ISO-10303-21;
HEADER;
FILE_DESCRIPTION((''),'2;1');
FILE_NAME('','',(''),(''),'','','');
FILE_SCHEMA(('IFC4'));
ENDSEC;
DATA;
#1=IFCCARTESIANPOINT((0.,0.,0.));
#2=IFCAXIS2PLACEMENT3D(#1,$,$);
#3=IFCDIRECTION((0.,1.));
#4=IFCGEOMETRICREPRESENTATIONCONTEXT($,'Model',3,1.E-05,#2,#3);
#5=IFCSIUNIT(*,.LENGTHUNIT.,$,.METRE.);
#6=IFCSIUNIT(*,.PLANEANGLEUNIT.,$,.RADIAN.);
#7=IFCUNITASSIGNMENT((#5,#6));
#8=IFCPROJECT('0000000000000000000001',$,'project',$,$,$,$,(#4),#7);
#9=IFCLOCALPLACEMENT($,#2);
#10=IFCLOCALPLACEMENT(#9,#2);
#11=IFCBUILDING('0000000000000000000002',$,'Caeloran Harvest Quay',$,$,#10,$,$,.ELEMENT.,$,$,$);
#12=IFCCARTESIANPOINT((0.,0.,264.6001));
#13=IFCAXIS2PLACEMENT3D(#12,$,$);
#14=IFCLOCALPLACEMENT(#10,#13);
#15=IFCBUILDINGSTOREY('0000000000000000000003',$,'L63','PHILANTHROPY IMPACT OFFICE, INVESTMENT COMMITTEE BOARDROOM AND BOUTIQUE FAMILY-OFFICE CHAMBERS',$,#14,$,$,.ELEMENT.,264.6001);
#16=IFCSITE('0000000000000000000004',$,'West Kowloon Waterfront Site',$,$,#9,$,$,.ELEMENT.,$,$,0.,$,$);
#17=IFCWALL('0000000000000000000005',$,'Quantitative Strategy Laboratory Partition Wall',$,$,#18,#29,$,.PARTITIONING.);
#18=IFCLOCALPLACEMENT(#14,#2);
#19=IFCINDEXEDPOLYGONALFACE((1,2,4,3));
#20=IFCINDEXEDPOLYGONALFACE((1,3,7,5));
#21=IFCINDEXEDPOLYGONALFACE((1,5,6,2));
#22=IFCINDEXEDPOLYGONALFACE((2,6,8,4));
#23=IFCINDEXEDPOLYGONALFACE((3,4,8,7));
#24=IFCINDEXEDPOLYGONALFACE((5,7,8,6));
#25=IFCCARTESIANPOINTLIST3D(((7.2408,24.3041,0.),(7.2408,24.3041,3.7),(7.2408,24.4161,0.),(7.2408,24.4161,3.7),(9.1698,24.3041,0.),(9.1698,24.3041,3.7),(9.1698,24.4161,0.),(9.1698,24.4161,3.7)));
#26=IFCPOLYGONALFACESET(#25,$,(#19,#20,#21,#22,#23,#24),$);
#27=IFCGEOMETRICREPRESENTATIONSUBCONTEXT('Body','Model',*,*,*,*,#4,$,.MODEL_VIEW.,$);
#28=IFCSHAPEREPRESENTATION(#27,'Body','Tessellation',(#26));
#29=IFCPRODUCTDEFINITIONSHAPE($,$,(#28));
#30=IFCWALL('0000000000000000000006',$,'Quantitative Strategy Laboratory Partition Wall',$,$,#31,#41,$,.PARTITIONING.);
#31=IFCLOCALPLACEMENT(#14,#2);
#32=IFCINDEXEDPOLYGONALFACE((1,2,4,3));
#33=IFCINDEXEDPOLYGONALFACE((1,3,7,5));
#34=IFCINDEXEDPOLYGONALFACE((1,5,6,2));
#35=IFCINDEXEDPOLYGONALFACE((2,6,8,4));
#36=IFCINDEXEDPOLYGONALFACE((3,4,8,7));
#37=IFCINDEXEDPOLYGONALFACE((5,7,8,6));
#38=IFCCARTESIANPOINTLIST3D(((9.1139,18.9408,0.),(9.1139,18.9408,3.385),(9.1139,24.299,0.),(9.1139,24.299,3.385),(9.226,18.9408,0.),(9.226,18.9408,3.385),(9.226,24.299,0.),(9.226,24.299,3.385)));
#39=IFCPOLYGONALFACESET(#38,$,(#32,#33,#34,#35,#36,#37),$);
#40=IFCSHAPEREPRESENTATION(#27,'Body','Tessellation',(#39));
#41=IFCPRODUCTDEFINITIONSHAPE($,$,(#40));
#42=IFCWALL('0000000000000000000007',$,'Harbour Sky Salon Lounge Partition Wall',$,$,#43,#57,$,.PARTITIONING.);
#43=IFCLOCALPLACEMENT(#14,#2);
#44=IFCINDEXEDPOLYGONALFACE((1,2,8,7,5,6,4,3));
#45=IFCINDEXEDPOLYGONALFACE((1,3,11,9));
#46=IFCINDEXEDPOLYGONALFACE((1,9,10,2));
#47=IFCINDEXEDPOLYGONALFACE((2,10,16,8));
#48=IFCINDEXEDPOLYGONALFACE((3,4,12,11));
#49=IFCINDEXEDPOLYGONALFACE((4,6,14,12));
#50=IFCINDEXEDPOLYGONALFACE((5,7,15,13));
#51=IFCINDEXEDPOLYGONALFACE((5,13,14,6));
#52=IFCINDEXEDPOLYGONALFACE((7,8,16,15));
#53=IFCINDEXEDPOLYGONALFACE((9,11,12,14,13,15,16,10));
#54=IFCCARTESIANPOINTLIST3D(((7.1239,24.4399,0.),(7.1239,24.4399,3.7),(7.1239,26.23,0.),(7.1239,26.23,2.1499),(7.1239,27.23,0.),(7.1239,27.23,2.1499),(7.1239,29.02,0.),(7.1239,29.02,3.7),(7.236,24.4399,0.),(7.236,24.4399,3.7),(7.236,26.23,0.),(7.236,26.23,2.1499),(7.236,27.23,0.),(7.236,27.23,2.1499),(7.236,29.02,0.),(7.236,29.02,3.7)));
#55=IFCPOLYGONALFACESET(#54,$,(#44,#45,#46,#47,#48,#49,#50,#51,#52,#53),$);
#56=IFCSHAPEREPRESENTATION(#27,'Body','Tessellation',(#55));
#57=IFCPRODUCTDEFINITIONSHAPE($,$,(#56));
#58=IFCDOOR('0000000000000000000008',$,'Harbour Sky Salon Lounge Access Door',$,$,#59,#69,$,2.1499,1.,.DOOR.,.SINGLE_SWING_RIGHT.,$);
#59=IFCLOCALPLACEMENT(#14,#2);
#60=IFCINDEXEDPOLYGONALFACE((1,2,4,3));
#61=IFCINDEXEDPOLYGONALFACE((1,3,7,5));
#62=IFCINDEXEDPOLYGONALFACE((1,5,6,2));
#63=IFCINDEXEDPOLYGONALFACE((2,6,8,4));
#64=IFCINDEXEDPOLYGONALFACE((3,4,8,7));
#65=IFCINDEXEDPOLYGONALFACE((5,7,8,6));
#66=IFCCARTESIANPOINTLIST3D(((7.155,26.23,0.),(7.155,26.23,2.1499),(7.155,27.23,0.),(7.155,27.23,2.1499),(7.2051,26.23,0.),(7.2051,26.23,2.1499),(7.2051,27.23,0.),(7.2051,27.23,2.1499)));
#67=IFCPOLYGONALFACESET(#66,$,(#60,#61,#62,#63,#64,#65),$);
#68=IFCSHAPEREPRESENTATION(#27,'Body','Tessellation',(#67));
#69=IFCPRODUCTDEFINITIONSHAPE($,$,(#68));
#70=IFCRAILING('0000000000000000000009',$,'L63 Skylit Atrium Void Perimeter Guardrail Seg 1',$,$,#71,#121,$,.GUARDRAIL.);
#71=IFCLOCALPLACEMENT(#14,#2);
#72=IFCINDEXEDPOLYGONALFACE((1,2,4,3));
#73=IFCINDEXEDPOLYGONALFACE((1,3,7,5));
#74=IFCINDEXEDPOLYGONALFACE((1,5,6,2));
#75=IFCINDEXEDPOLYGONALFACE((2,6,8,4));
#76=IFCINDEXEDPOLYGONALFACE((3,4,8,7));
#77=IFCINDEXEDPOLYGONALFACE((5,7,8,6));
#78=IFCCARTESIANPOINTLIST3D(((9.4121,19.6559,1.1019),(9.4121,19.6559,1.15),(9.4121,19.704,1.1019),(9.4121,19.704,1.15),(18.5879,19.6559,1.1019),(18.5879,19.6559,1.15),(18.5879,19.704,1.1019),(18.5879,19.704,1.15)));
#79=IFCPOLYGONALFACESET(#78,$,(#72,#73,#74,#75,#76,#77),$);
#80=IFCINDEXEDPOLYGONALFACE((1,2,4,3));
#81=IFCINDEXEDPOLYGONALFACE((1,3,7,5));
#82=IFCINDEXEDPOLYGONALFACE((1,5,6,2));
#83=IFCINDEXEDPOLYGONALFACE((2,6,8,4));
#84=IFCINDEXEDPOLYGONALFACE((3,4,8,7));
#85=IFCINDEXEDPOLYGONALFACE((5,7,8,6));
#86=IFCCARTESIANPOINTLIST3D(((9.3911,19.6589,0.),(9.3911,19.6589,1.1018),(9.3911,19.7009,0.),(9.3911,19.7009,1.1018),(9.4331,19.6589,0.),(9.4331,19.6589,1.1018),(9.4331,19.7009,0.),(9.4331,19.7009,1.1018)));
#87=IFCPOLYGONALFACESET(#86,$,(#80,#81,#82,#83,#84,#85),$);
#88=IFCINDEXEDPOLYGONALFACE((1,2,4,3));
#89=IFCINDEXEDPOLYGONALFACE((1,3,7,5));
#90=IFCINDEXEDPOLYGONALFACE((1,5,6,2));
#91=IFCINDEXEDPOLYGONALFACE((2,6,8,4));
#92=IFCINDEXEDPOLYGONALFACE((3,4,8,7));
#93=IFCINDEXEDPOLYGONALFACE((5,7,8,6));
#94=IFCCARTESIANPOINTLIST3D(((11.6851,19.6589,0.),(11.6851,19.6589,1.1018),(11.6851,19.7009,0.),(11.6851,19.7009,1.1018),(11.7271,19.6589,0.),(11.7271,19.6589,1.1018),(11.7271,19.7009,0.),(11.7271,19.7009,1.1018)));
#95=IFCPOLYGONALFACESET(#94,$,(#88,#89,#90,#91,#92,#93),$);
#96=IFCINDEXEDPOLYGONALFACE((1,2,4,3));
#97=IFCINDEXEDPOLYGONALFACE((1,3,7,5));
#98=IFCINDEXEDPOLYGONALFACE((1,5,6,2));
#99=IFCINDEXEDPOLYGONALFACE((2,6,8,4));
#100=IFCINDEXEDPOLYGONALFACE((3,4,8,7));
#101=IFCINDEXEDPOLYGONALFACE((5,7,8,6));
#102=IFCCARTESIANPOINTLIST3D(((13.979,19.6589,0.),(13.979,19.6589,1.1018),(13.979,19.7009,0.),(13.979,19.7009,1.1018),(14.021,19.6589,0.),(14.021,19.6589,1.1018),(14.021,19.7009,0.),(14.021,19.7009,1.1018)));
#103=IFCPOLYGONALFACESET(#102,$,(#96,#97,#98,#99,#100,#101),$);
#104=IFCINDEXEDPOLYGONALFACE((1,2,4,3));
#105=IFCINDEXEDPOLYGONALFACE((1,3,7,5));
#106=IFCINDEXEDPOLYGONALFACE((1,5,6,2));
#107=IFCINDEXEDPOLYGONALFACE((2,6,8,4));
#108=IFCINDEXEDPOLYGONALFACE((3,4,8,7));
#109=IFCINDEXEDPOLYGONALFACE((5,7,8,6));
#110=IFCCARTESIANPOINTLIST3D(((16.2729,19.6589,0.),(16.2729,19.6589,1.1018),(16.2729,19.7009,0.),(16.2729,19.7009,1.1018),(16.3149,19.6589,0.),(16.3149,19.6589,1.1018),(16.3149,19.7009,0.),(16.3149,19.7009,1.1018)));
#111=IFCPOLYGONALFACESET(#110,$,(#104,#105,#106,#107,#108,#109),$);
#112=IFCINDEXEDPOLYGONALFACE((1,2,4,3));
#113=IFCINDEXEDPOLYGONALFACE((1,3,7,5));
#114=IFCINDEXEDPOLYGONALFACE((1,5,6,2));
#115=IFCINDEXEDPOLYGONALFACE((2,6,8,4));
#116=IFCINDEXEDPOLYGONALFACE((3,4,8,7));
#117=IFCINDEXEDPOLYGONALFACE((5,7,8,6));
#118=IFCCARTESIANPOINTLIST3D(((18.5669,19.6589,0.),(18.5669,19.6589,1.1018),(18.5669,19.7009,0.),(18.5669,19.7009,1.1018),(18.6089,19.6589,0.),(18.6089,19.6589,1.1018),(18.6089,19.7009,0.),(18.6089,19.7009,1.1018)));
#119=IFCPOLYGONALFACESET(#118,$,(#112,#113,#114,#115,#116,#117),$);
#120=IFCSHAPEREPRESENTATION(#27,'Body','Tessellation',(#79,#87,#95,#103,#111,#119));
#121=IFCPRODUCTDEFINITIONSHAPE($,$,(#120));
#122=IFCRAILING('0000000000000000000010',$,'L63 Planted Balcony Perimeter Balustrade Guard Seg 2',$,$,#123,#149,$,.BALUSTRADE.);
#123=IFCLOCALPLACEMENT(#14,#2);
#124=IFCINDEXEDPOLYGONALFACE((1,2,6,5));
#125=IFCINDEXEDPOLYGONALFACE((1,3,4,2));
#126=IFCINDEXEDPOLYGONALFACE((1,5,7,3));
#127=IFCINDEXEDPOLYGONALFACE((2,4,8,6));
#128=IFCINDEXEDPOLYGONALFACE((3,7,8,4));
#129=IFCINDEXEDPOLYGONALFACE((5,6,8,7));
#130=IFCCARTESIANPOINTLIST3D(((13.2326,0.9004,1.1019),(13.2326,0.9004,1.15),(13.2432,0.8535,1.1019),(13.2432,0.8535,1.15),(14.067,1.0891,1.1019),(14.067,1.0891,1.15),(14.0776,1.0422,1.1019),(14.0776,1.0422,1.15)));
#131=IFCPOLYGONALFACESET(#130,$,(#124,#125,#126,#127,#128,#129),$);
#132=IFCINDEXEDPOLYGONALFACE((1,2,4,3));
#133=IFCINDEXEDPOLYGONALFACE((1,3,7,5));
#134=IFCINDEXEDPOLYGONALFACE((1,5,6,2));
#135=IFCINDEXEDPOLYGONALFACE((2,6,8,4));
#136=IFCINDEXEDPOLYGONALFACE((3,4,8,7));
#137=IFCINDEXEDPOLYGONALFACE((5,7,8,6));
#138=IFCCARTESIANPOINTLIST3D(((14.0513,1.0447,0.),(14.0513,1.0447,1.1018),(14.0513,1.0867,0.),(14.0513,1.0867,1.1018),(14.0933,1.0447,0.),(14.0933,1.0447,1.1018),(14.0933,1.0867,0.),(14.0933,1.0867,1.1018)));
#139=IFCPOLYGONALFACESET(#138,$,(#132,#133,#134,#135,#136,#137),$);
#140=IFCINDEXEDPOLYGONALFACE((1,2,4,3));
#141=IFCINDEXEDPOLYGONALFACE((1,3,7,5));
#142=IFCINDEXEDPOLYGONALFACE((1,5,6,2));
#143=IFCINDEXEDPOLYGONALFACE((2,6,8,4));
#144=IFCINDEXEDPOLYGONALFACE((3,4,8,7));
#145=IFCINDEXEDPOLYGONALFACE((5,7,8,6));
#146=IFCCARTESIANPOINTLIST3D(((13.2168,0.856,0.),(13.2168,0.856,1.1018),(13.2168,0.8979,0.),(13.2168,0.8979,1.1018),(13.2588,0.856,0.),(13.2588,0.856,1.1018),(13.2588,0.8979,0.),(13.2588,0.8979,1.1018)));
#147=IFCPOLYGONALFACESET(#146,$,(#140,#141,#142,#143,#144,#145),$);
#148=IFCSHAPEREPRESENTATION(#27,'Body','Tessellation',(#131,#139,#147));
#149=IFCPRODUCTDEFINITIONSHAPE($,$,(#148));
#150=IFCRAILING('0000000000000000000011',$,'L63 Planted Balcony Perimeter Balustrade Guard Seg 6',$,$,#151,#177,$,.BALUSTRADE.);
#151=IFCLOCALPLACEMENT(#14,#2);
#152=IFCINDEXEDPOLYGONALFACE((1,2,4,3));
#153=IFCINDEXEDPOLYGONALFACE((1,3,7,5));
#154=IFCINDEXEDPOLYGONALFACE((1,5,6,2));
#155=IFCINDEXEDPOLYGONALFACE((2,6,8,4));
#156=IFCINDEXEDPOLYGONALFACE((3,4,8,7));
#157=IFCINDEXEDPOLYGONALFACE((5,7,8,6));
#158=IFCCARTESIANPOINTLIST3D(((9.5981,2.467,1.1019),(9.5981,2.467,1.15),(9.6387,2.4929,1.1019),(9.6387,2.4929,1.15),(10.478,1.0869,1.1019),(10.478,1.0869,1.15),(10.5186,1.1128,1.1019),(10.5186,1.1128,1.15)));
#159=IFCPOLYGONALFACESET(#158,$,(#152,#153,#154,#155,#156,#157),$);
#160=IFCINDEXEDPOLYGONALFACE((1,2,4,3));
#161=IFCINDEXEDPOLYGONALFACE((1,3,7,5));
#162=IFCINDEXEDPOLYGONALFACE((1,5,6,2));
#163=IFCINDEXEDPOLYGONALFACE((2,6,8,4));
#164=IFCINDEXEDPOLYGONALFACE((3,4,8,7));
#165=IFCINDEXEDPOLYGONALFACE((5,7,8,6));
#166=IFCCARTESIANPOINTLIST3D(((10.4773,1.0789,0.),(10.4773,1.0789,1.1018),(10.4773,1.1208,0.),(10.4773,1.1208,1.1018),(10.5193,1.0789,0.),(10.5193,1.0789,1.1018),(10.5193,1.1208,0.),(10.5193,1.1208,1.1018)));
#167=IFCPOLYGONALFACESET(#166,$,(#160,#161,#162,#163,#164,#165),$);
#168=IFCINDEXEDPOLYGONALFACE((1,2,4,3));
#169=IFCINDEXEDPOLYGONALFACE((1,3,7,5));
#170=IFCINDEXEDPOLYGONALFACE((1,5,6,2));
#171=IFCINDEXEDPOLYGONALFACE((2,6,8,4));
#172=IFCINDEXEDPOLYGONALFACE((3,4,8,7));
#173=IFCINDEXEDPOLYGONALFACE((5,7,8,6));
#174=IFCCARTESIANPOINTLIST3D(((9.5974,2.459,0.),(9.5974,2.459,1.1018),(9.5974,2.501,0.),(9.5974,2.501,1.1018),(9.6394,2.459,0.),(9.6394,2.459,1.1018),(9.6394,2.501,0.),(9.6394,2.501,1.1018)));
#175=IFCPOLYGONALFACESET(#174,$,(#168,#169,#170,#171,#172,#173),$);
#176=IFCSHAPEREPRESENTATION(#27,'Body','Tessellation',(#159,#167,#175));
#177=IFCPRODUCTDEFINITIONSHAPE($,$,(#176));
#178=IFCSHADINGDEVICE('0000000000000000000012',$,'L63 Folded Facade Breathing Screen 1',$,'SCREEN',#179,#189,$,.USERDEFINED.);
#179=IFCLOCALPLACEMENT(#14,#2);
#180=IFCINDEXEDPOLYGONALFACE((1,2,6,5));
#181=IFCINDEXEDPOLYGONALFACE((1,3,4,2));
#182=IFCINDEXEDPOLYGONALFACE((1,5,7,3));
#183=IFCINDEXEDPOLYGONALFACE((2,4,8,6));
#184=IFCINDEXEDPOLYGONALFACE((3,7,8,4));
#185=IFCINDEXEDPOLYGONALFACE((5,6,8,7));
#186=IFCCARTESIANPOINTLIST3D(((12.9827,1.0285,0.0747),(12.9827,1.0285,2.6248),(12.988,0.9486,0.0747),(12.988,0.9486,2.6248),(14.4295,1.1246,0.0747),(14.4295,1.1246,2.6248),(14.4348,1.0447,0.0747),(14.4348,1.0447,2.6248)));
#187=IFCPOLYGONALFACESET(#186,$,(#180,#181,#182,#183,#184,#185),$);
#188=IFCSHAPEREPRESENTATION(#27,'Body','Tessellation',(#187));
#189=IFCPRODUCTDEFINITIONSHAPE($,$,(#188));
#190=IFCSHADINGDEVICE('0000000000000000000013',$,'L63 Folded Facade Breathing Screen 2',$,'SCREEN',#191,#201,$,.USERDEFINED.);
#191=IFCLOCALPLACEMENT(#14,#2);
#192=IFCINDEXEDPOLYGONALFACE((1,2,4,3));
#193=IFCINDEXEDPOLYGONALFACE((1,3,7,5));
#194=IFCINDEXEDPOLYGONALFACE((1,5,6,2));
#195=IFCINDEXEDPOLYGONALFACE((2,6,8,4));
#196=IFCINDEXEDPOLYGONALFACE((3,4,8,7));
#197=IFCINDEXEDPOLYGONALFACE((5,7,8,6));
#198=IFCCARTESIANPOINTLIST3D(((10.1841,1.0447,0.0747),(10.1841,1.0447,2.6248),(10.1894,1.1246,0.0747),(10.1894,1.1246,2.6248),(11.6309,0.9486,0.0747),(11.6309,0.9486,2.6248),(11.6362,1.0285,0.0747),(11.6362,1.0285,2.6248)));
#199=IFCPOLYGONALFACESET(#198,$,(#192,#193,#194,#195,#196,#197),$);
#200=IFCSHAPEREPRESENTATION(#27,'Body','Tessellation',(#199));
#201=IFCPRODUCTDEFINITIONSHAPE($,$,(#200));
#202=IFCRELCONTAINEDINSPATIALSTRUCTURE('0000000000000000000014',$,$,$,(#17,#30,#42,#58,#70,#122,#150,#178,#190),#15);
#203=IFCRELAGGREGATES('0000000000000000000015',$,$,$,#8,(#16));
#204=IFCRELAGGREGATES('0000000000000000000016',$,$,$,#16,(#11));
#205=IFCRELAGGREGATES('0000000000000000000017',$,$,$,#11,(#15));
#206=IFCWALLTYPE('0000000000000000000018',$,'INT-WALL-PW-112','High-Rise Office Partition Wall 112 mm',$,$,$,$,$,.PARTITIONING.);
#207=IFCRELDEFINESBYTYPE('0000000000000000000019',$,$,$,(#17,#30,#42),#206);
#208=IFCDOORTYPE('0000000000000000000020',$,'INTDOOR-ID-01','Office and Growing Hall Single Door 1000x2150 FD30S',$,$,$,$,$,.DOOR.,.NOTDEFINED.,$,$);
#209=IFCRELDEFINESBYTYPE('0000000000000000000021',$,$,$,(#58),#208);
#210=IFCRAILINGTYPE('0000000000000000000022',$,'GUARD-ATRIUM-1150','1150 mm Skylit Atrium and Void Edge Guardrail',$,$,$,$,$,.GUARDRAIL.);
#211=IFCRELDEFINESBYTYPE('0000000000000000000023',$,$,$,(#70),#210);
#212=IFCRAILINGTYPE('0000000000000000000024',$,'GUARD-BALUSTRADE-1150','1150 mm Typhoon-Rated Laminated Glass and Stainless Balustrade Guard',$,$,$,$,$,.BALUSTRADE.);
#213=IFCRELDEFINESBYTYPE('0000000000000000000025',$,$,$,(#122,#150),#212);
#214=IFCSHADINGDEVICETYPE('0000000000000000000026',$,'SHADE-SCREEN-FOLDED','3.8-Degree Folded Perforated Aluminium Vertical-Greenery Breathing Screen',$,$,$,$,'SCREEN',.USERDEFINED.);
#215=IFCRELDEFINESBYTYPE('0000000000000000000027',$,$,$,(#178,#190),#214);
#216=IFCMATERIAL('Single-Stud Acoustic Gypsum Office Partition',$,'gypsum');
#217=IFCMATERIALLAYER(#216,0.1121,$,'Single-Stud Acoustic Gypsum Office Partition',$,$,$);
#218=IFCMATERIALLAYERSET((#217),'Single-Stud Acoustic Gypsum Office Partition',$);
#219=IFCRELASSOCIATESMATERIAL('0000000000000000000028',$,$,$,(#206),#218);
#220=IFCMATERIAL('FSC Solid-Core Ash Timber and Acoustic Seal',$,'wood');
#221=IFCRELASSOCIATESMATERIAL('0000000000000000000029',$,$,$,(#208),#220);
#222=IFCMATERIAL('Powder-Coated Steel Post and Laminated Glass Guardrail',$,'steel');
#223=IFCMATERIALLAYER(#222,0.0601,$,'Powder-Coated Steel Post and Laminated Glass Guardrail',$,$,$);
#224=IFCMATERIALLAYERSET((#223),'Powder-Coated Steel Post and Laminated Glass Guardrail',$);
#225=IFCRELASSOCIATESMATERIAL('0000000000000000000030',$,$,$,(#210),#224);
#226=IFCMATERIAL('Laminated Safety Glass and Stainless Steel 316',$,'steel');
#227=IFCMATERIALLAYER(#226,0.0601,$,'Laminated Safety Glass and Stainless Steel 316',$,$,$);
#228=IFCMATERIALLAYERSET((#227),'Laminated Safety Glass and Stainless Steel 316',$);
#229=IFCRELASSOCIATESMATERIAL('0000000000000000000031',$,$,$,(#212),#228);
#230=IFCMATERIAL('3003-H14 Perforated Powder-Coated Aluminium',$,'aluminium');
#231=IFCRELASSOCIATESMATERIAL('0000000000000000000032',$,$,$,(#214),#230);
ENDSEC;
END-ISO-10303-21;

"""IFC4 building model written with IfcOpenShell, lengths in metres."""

from ifc_helpers import new_model, si_unit, direction, frame, frame_2d, origin, origin_2d, place, context, subcontext, project, spatial, rectangle, extrude, material, layer, layer_set, type_object, element, fill, save


model = new_model("IFC4")

# Units and contexts
model_context = context("Model", 3, precision=1e-05, world=origin(), true_north=direction((0.0, 1.0)))
body_context = subcontext(model_context, "Body", "Model", "MODEL_VIEW")
ifc_project = project(units=[si_unit("LENGTHUNIT", "METRE"), si_unit("PLANEANGLEUNIT", "RADIAN")], contexts=[model_context])

# Site, building, storey
site_placement = place(None, origin())
site = spatial("IfcSite", under=ifc_project, at=site_placement, Name="West Kowloon Waterfront Site", CompositionType="ELEMENT", RefElevation=0.0)
building_placement = place(site_placement, origin())
building = spatial("IfcBuilding", under=site, at=building_placement, Name="Caeloran Harvest Quay", CompositionType="ELEMENT")
storey_placement = place(building_placement, frame((0.0, 0.0, 264.6001)))
storey = spatial("IfcBuildingStorey", under=building, at=storey_placement, Name="L63", Description="PHILANTHROPY IMPACT OFFICE, INVESTMENT COMMITTEE BOARDROOM AND BOUTIQUE FAMILY-OFFICE CHAMBERS", CompositionType="ELEMENT", Elevation=264.6001)

# Shared definitions
ifc_material_1 = material(Name="Single-Stud Acoustic Gypsum Office Partition", Category="gypsum")
ifc_layer_1 = layer(ifc_material_1, 0.1121, Name="Single-Stud Acoustic Gypsum Office Partition")
ifc_layer_set_1 = layer_set([ifc_layer_1], Name="Single-Stud Acoustic Gypsum Office Partition")
wall_type_1 = type_object("IfcWallType", Name="INT-WALL-PW-112", Description="High-Rise Office Partition Wall 112 mm", PredefinedType="PARTITIONING", material=ifc_layer_set_1)
ifc_material_2 = material(Name="FSC Solid-Core Ash Timber and Acoustic Seal", Category="wood")
door_type = type_object("IfcDoorType", Name="INTDOOR-ID-01", Description="Office and Growing Hall Single Door 1000x2150 FD30S", OperationType="NOTDEFINED", PredefinedType="DOOR", material=ifc_material_2)

# Walls
wall_1_placement = place(storey_placement, frame((7.241, 24.3601, 0.0), z_axis=(0.0, 0.0, 1.0), x_axis=(1.0, 0.0, 0.0)))
element("IfcWall", 1, at=wall_1_placement, inside=storey, type_object=wall_type_1, Name="Quantitative Strategy Laboratory Partition Wall", PredefinedType="PARTITIONING", context=body_context, shape_type="SweptSolid", body=[
    extrude(rectangle(XDim=1.929, YDim=0.1121, at=frame_2d((0.9644, 0.0))), origin(), (0.0, 0.0, 1.0), 3.7),
])
wall_2_placement = place(storey_placement, frame((9.1699, 24.2991, 0.0), z_axis=(0.0, 0.0, 1.0), x_axis=(0.0, -1.0, 0.0)))
element("IfcWall", 2, at=wall_2_placement, inside=storey, type_object=wall_type_1, Name="Quantitative Strategy Laboratory Partition Wall", PredefinedType="PARTITIONING", context=body_context, shape_type="SweptSolid", body=[
    extrude(rectangle(XDim=5.3582, YDim=0.1121, at=frame_2d((2.6792, 0.0))), origin(), (0.0, 0.0, 1.0), 3.385),
])

# Wall, opening, door
wall_3_placement = place(storey_placement, frame((7.1799, 24.4399, 0.0), z_axis=(0.0, 0.0, 1.0), x_axis=(0.0, 1.0, 0.0)))
wall_3 = element("IfcWall", 3, at=wall_3_placement, inside=storey, type_object=wall_type_1, Name="Harbour Sky Salon Lounge Partition Wall", PredefinedType="PARTITIONING", context=body_context, shape_type="SweptSolid", body=[
    extrude(rectangle(XDim=4.5801, YDim=0.1121, at=frame_2d((2.29, 0.0))), origin(), (0.0, 0.0, 1.0), 3.7),
])
opening_1_placement = place(wall_3_placement, frame((1.79, 0.0, 0.0)))
opening_1 = element("IfcOpeningElement", 4, at=opening_1_placement, cuts=wall_3, PredefinedType="OPENING", context=body_context, shape_type="SweptSolid", body=[
    extrude(rectangle(XDim=1.0, YDim=2.1499, at=frame_2d((0.5, 1.075))), frame((0.0, 0.0659, 0.0), z_axis=(0.0, -1.0, 0.0), x_axis=(1.0, 0.0, 0.0)), (0.0, 0.0, 1.0), 0.1321),
])
door_1_placement = place(opening_1_placement, origin())
door_1 = element("IfcDoor", 5, at=door_1_placement, inside=storey, type_object=door_type, Name="Harbour Sky Salon Lounge Access Door", OperationType="SINGLE_SWING_RIGHT", OverallHeight=2.1499, OverallWidth=1.0, PredefinedType="DOOR", context=body_context, shape_type="SweptSolid", body=[
    extrude(rectangle(XDim=1.0, YDim=2.1499, at=frame_2d((0.5, 1.075))), frame((0.0, 0.0249, 0.0), z_axis=(0.0, -1.0, 0.0), x_axis=(1.0, 0.0, 0.0)), (0.0, 0.0, 1.0), 0.05),
])
fill(opening_1, door_1)

# Railings
ifc_material_3 = material(Name="Powder-Coated Steel Post and Laminated Glass Guardrail", Category="steel")
ifc_layer_2 = layer(ifc_material_3, 0.0601, Name="Powder-Coated Steel Post and Laminated Glass Guardrail")
ifc_layer_set_2 = layer_set([ifc_layer_2], Name="Powder-Coated Steel Post and Laminated Glass Guardrail")
railing_type_1 = type_object("IfcRailingType", Name="GUARD-ATRIUM-1150", Description="1150 mm Skylit Atrium and Void Edge Guardrail", PredefinedType="GUARDRAIL", material=ifc_layer_set_2)
railing_1_placement = place(storey_placement, frame((9.4121, 19.6799, 0.0)))
element("IfcRailing", 6, at=railing_1_placement, inside=storey, type_object=railing_type_1, Name="L63 Skylit Atrium Void Perimeter Guardrail Seg 1", PredefinedType="GUARDRAIL", context=body_context, shape_type="SweptSolid", body=[
    extrude(rectangle(XDim=0.0481, YDim=0.0481, at=origin_2d()), frame((0.0, 0.0, 1.126), z_axis=(1.0, 0.0, 0.0), x_axis=(0.0, 1.0, 0.0)), (0.0, 0.0, 1.0), 9.1758),
    extrude(rectangle(XDim=0.042, YDim=0.042, at=origin_2d()), origin(), (0.0, 0.0, 1.0), 1.1018),
    extrude(rectangle(XDim=0.042, YDim=0.042, at=origin_2d()), frame((2.2939, 0.0, 0.0)), (0.0, 0.0, 1.0), 1.1018),
    extrude(rectangle(XDim=0.042, YDim=0.042, at=origin_2d()), frame((4.5879, 0.0, 0.0)), (0.0, 0.0, 1.0), 1.1018),
    extrude(rectangle(XDim=0.042, YDim=0.042, at=origin_2d()), frame((6.8818, 0.0, 0.0)), (0.0, 0.0, 1.0), 1.1018),
    extrude(rectangle(XDim=0.042, YDim=0.042, at=origin_2d()), frame((9.1758, 0.0, 0.0)), (0.0, 0.0, 1.0), 1.1018),
])
ifc_material_4 = material(Name="Laminated Safety Glass and Stainless Steel 316", Category="steel")
ifc_layer_3 = layer(ifc_material_4, 0.0601, Name="Laminated Safety Glass and Stainless Steel 316")
ifc_layer_set_3 = layer_set([ifc_layer_3], Name="Laminated Safety Glass and Stainless Steel 316")
railing_type_2 = type_object("IfcRailingType", Name="GUARD-BALUSTRADE-1150", Description="1150 mm Typhoon-Rated Laminated Glass and Stainless Balustrade Guard", PredefinedType="BALUSTRADE", material=ifc_layer_set_3)
railing_2_placement = place(storey_placement, frame((14.0723, 1.0657, 0.0)))
element("IfcRailing", 7, at=railing_2_placement, inside=storey, type_object=railing_type_2, Name="L63 Planted Balcony Perimeter Balustrade Guard Seg 2", PredefinedType="BALUSTRADE", context=body_context, shape_type="SweptSolid", body=[
    extrude(rectangle(XDim=0.0481, YDim=0.0481, at=origin_2d()), frame((0.0, 0.0, 1.126), z_axis=(-0.975368, -0.220585, 0.0), x_axis=(0.220585, -0.975368, 0.0)), (0.0, 0.0, 1.0), 0.8555),
    extrude(rectangle(XDim=0.042, YDim=0.042, at=origin_2d()), origin(), (0.0, 0.0, 1.0), 1.1018),
    extrude(rectangle(XDim=0.042, YDim=0.042, at=origin_2d()), frame((-0.8345, -0.1887, 0.0)), (0.0, 0.0, 1.0), 1.1018),
])
railing_3_placement = place(storey_placement, frame((10.4983, 1.0999, 0.0)))
element("IfcRailing", 8, at=railing_3_placement, inside=storey, type_object=railing_type_2, Name="L63 Planted Balcony Perimeter Balustrade Guard Seg 6", PredefinedType="BALUSTRADE", context=body_context, shape_type="SweptSolid", body=[
    extrude(rectangle(XDim=0.0481, YDim=0.0481, at=origin_2d()), frame((0.0, 0.0, 1.126), z_axis=(-0.53758, 0.843213, 0.0), x_axis=(-0.843213, -0.53758, 0.0)), (0.0, 0.0, 1.0), 1.6367),
    extrude(rectangle(XDim=0.042, YDim=0.042, at=origin_2d()), origin(), (0.0, 0.0, 1.0), 1.1018),
    extrude(rectangle(XDim=0.042, YDim=0.042, at=origin_2d()), frame((-0.8799, 1.3801, 0.0)), (0.0, 0.0, 1.0), 1.1018),
])

# Shading devices
ifc_material_5 = material(Name="3003-H14 Perforated Powder-Coated Aluminium", Category="aluminium")
shading_device_type = type_object("IfcShadingDeviceType", Name="SHADE-SCREEN-FOLDED", Description="3.8-Degree Folded Perforated Aluminium Vertical-Greenery Breathing Screen", ElementType="SCREEN", PredefinedType="USERDEFINED", material=ifc_material_5)
for number, where, z_axis, x_axis, name in (
    (9, (13.7087, 1.0366, 0.0747), (0.0, 0.0, 1.0), (0.997801, 0.066274, 0.0), "L63 Folded Facade Breathing Screen 1"),
    (10, (10.9102, 1.0366, 0.0747), (0.0, 0.0, 1.0), (0.997801, -0.066274, 0.0), "L63 Folded Facade Breathing Screen 2"),
):
    element("IfcShadingDevice", number, at=place(storey_placement, frame(where, z_axis=z_axis, x_axis=x_axis)), inside=storey, type_object=shading_device_type, Name=name, ObjectType="SCREEN", PredefinedType="USERDEFINED", context=body_context, shape_type="SweptSolid", body=[
        extrude(rectangle(XDim=1.45, YDim=0.0801, at=origin_2d()), origin(), (0.0, 0.0, 1.0), 2.55),
    ])

save(model, "model.ifc")
